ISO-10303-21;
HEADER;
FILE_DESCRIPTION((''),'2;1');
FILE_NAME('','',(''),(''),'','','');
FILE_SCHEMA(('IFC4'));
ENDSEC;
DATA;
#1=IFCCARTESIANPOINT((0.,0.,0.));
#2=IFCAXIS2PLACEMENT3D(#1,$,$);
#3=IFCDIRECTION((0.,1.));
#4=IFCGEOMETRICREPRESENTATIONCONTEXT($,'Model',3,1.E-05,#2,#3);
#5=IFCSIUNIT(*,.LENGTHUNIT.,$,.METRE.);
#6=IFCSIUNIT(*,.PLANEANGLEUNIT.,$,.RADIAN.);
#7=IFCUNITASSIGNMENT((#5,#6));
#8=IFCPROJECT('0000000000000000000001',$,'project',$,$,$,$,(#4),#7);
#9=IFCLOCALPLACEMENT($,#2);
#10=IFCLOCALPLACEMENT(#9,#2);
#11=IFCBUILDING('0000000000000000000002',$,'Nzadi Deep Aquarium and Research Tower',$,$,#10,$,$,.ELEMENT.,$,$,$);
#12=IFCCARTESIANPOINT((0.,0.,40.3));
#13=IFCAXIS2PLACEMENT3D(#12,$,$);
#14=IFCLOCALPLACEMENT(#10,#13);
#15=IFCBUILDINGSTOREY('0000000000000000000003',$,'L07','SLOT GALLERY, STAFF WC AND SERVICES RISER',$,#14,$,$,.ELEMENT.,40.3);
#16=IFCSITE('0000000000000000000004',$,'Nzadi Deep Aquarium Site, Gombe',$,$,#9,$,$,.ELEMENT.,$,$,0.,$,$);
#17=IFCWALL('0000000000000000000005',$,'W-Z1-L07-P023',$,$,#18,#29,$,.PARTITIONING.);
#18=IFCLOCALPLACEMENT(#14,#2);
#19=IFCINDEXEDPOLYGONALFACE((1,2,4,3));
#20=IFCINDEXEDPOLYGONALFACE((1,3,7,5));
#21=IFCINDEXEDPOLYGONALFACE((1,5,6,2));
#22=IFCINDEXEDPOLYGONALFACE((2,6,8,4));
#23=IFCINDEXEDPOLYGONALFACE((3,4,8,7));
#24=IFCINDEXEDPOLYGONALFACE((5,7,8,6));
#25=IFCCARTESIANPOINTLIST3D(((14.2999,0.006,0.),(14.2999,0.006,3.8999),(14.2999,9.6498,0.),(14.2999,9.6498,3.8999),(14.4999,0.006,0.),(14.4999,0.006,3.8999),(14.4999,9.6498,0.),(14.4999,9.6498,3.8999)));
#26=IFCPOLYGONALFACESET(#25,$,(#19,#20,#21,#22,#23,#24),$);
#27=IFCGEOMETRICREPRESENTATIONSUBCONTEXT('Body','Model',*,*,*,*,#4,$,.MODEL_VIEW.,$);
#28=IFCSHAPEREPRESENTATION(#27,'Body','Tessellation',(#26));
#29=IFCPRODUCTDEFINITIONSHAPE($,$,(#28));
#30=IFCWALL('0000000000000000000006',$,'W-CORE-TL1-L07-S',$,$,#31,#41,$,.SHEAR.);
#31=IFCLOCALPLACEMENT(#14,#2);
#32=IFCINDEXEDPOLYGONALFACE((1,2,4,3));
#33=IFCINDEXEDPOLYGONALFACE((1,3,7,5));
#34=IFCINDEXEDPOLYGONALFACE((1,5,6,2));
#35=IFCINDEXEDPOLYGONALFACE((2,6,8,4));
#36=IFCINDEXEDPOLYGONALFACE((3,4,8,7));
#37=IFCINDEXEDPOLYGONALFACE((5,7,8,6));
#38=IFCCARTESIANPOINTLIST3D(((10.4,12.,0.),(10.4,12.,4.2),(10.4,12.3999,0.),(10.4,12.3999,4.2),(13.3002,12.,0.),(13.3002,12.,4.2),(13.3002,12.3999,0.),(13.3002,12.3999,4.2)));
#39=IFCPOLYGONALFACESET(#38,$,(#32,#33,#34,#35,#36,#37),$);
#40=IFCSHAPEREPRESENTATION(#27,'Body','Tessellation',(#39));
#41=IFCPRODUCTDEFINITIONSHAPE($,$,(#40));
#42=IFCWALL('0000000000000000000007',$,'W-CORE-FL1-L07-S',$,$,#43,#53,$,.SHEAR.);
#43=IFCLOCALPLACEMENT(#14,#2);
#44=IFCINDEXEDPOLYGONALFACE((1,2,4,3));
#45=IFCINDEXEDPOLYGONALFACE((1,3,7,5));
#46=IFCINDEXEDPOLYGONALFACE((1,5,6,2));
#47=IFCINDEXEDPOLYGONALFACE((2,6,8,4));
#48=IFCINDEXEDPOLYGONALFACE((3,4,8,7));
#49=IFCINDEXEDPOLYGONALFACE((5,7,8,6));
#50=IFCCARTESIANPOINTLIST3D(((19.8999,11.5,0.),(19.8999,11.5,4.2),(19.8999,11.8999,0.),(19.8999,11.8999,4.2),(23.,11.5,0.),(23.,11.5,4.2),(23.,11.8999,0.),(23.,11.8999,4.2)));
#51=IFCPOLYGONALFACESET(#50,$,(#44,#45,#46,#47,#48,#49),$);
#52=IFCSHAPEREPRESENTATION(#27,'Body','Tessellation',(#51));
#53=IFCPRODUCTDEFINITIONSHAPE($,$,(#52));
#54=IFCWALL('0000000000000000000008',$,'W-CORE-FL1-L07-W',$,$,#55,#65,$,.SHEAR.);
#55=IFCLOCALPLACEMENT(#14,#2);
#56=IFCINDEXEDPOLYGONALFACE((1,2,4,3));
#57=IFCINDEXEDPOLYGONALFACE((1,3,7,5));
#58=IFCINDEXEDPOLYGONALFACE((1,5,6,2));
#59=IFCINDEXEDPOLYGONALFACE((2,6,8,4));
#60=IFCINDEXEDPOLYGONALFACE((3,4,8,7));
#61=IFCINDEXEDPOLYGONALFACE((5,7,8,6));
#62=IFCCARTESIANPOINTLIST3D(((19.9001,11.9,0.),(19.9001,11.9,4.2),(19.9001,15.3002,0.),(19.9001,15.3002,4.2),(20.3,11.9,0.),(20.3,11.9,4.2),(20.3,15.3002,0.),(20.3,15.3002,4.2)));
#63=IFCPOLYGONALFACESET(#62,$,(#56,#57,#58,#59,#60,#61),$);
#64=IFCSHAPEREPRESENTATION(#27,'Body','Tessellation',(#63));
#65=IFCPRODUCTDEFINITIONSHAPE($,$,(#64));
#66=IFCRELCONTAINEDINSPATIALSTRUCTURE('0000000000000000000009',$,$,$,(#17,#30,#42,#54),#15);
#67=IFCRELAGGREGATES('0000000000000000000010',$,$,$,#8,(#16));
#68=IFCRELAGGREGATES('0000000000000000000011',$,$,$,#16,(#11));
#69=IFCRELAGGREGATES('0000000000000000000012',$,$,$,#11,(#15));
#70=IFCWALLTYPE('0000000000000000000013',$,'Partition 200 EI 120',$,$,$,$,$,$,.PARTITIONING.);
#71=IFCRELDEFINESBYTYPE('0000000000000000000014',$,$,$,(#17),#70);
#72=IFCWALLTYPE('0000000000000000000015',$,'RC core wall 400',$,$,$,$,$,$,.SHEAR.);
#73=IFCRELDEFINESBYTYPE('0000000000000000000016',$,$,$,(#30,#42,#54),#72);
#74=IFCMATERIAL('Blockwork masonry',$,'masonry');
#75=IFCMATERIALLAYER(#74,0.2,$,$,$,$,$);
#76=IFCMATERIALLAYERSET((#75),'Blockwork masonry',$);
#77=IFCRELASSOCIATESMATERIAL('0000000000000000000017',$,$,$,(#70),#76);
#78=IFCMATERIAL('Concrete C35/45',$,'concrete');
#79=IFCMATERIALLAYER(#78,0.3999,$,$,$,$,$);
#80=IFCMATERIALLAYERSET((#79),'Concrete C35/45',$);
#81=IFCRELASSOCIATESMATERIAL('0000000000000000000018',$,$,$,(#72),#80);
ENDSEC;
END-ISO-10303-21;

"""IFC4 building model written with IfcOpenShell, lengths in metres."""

from ifc_helpers import new_model, si_unit, direction, frame, frame_2d, origin, place, context, subcontext, project, spatial, rectangle, extrude, material, layer, layer_set, type_object, element, save


model = new_model("IFC4")

# Units and contexts
model_context = context("Model", 3, precision=1e-05, world=origin(), true_north=direction((0.0, 1.0)))
body_context = subcontext(model_context, "Body", "Model", "MODEL_VIEW")
ifc_project = project(units=[si_unit("LENGTHUNIT", "METRE"), si_unit("PLANEANGLEUNIT", "RADIAN")], contexts=[model_context])

# Site, building, storey
site_placement = place(None, origin())
site = spatial("IfcSite", under=ifc_project, at=site_placement, Name="Nzadi Deep Aquarium Site, Gombe", CompositionType="ELEMENT", RefElevation=0.0)
building_placement = place(site_placement, origin())
building = spatial("IfcBuilding", under=site, at=building_placement, Name="Nzadi Deep Aquarium and Research Tower", CompositionType="ELEMENT")
storey_placement = place(building_placement, frame((0.0, 0.0, 40.3)))
storey = spatial("IfcBuildingStorey", under=building, at=storey_placement, Name="L07", Description="SLOT GALLERY, STAFF WC AND SERVICES RISER", CompositionType="ELEMENT", Elevation=40.3)

# Walls
ifc_material_1 = material(Name="Blockwork masonry", Category="masonry")
ifc_layer_1 = layer(ifc_material_1, 0.2)
ifc_layer_set_1 = layer_set([ifc_layer_1], Name="Blockwork masonry")
wall_type_1 = type_object("IfcWallType", Name="Partition 200 EI 120", PredefinedType="PARTITIONING", material=ifc_layer_set_1)
wall_1_placement = place(storey_placement, frame((14.3999, 0.0061, 0.0), z_axis=(0.0, 0.0, 1.0), x_axis=(0.0, 1.0, 0.0)))
element("IfcWall", 1, at=wall_1_placement, inside=storey, type_object=wall_type_1, Name="W-Z1-L07-P023", PredefinedType="PARTITIONING", context=body_context, shape_type="SweptSolid", body=[
    extrude(rectangle(XDim=9.6438, YDim=0.2, at=frame_2d((4.8218, 0.0))), origin(), (0.0, 0.0, 1.0), 3.8999),
])
ifc_material_2 = material(Name="Concrete C35/45", Category="concrete")
ifc_layer_2 = layer(ifc_material_2, 0.3999)
ifc_layer_set_2 = layer_set([ifc_layer_2], Name="Concrete C35/45")
wall_type_2 = type_object("IfcWallType", Name="RC core wall 400", PredefinedType="SHEAR", material=ifc_layer_set_2)
wall_2_placement = place(storey_placement, frame((10.3999, 12.2, 0.0), z_axis=(0.0, 0.0, 1.0), x_axis=(1.0, 0.0, 0.0)))
element("IfcWall", 2, at=wall_2_placement, inside=storey, type_object=wall_type_2, Name="W-CORE-TL1-L07-S", PredefinedType="SHEAR", context=body_context, shape_type="SweptSolid", body=[
    extrude(rectangle(XDim=2.9001, YDim=0.3999, at=frame_2d((1.4502, 0.0))), origin(), (0.0, 0.0, 1.0), 4.2),
])
wall_3_placement = place(storey_placement, frame((19.8999, 11.7, 0.0), z_axis=(0.0, 0.0, 1.0), x_axis=(1.0, 0.0, 0.0)))
element("IfcWall", 3, at=wall_3_placement, inside=storey, type_object=wall_type_2, Name="W-CORE-FL1-L07-S", PredefinedType="SHEAR", context=body_context, shape_type="SweptSolid", body=[
    extrude(rectangle(XDim=3.1001, YDim=0.3999, at=frame_2d((1.55, 0.0))), origin(), (0.0, 0.0, 1.0), 4.2),
])
wall_4_placement = place(storey_placement, frame((20.1001, 11.8999, 0.0), z_axis=(0.0, 0.0, 1.0), x_axis=(0.0, 1.0, 0.0)))
element("IfcWall", 4, at=wall_4_placement, inside=storey, type_object=wall_type_2, Name="W-CORE-FL1-L07-W", PredefinedType="SHEAR", context=body_context, shape_type="SweptSolid", body=[
    extrude(rectangle(XDim=3.4001, YDim=0.3999, at=frame_2d((1.7002, 0.0))), origin(), (0.0, 0.0, 1.0), 4.2),
])

save(model, "model.ifc")
